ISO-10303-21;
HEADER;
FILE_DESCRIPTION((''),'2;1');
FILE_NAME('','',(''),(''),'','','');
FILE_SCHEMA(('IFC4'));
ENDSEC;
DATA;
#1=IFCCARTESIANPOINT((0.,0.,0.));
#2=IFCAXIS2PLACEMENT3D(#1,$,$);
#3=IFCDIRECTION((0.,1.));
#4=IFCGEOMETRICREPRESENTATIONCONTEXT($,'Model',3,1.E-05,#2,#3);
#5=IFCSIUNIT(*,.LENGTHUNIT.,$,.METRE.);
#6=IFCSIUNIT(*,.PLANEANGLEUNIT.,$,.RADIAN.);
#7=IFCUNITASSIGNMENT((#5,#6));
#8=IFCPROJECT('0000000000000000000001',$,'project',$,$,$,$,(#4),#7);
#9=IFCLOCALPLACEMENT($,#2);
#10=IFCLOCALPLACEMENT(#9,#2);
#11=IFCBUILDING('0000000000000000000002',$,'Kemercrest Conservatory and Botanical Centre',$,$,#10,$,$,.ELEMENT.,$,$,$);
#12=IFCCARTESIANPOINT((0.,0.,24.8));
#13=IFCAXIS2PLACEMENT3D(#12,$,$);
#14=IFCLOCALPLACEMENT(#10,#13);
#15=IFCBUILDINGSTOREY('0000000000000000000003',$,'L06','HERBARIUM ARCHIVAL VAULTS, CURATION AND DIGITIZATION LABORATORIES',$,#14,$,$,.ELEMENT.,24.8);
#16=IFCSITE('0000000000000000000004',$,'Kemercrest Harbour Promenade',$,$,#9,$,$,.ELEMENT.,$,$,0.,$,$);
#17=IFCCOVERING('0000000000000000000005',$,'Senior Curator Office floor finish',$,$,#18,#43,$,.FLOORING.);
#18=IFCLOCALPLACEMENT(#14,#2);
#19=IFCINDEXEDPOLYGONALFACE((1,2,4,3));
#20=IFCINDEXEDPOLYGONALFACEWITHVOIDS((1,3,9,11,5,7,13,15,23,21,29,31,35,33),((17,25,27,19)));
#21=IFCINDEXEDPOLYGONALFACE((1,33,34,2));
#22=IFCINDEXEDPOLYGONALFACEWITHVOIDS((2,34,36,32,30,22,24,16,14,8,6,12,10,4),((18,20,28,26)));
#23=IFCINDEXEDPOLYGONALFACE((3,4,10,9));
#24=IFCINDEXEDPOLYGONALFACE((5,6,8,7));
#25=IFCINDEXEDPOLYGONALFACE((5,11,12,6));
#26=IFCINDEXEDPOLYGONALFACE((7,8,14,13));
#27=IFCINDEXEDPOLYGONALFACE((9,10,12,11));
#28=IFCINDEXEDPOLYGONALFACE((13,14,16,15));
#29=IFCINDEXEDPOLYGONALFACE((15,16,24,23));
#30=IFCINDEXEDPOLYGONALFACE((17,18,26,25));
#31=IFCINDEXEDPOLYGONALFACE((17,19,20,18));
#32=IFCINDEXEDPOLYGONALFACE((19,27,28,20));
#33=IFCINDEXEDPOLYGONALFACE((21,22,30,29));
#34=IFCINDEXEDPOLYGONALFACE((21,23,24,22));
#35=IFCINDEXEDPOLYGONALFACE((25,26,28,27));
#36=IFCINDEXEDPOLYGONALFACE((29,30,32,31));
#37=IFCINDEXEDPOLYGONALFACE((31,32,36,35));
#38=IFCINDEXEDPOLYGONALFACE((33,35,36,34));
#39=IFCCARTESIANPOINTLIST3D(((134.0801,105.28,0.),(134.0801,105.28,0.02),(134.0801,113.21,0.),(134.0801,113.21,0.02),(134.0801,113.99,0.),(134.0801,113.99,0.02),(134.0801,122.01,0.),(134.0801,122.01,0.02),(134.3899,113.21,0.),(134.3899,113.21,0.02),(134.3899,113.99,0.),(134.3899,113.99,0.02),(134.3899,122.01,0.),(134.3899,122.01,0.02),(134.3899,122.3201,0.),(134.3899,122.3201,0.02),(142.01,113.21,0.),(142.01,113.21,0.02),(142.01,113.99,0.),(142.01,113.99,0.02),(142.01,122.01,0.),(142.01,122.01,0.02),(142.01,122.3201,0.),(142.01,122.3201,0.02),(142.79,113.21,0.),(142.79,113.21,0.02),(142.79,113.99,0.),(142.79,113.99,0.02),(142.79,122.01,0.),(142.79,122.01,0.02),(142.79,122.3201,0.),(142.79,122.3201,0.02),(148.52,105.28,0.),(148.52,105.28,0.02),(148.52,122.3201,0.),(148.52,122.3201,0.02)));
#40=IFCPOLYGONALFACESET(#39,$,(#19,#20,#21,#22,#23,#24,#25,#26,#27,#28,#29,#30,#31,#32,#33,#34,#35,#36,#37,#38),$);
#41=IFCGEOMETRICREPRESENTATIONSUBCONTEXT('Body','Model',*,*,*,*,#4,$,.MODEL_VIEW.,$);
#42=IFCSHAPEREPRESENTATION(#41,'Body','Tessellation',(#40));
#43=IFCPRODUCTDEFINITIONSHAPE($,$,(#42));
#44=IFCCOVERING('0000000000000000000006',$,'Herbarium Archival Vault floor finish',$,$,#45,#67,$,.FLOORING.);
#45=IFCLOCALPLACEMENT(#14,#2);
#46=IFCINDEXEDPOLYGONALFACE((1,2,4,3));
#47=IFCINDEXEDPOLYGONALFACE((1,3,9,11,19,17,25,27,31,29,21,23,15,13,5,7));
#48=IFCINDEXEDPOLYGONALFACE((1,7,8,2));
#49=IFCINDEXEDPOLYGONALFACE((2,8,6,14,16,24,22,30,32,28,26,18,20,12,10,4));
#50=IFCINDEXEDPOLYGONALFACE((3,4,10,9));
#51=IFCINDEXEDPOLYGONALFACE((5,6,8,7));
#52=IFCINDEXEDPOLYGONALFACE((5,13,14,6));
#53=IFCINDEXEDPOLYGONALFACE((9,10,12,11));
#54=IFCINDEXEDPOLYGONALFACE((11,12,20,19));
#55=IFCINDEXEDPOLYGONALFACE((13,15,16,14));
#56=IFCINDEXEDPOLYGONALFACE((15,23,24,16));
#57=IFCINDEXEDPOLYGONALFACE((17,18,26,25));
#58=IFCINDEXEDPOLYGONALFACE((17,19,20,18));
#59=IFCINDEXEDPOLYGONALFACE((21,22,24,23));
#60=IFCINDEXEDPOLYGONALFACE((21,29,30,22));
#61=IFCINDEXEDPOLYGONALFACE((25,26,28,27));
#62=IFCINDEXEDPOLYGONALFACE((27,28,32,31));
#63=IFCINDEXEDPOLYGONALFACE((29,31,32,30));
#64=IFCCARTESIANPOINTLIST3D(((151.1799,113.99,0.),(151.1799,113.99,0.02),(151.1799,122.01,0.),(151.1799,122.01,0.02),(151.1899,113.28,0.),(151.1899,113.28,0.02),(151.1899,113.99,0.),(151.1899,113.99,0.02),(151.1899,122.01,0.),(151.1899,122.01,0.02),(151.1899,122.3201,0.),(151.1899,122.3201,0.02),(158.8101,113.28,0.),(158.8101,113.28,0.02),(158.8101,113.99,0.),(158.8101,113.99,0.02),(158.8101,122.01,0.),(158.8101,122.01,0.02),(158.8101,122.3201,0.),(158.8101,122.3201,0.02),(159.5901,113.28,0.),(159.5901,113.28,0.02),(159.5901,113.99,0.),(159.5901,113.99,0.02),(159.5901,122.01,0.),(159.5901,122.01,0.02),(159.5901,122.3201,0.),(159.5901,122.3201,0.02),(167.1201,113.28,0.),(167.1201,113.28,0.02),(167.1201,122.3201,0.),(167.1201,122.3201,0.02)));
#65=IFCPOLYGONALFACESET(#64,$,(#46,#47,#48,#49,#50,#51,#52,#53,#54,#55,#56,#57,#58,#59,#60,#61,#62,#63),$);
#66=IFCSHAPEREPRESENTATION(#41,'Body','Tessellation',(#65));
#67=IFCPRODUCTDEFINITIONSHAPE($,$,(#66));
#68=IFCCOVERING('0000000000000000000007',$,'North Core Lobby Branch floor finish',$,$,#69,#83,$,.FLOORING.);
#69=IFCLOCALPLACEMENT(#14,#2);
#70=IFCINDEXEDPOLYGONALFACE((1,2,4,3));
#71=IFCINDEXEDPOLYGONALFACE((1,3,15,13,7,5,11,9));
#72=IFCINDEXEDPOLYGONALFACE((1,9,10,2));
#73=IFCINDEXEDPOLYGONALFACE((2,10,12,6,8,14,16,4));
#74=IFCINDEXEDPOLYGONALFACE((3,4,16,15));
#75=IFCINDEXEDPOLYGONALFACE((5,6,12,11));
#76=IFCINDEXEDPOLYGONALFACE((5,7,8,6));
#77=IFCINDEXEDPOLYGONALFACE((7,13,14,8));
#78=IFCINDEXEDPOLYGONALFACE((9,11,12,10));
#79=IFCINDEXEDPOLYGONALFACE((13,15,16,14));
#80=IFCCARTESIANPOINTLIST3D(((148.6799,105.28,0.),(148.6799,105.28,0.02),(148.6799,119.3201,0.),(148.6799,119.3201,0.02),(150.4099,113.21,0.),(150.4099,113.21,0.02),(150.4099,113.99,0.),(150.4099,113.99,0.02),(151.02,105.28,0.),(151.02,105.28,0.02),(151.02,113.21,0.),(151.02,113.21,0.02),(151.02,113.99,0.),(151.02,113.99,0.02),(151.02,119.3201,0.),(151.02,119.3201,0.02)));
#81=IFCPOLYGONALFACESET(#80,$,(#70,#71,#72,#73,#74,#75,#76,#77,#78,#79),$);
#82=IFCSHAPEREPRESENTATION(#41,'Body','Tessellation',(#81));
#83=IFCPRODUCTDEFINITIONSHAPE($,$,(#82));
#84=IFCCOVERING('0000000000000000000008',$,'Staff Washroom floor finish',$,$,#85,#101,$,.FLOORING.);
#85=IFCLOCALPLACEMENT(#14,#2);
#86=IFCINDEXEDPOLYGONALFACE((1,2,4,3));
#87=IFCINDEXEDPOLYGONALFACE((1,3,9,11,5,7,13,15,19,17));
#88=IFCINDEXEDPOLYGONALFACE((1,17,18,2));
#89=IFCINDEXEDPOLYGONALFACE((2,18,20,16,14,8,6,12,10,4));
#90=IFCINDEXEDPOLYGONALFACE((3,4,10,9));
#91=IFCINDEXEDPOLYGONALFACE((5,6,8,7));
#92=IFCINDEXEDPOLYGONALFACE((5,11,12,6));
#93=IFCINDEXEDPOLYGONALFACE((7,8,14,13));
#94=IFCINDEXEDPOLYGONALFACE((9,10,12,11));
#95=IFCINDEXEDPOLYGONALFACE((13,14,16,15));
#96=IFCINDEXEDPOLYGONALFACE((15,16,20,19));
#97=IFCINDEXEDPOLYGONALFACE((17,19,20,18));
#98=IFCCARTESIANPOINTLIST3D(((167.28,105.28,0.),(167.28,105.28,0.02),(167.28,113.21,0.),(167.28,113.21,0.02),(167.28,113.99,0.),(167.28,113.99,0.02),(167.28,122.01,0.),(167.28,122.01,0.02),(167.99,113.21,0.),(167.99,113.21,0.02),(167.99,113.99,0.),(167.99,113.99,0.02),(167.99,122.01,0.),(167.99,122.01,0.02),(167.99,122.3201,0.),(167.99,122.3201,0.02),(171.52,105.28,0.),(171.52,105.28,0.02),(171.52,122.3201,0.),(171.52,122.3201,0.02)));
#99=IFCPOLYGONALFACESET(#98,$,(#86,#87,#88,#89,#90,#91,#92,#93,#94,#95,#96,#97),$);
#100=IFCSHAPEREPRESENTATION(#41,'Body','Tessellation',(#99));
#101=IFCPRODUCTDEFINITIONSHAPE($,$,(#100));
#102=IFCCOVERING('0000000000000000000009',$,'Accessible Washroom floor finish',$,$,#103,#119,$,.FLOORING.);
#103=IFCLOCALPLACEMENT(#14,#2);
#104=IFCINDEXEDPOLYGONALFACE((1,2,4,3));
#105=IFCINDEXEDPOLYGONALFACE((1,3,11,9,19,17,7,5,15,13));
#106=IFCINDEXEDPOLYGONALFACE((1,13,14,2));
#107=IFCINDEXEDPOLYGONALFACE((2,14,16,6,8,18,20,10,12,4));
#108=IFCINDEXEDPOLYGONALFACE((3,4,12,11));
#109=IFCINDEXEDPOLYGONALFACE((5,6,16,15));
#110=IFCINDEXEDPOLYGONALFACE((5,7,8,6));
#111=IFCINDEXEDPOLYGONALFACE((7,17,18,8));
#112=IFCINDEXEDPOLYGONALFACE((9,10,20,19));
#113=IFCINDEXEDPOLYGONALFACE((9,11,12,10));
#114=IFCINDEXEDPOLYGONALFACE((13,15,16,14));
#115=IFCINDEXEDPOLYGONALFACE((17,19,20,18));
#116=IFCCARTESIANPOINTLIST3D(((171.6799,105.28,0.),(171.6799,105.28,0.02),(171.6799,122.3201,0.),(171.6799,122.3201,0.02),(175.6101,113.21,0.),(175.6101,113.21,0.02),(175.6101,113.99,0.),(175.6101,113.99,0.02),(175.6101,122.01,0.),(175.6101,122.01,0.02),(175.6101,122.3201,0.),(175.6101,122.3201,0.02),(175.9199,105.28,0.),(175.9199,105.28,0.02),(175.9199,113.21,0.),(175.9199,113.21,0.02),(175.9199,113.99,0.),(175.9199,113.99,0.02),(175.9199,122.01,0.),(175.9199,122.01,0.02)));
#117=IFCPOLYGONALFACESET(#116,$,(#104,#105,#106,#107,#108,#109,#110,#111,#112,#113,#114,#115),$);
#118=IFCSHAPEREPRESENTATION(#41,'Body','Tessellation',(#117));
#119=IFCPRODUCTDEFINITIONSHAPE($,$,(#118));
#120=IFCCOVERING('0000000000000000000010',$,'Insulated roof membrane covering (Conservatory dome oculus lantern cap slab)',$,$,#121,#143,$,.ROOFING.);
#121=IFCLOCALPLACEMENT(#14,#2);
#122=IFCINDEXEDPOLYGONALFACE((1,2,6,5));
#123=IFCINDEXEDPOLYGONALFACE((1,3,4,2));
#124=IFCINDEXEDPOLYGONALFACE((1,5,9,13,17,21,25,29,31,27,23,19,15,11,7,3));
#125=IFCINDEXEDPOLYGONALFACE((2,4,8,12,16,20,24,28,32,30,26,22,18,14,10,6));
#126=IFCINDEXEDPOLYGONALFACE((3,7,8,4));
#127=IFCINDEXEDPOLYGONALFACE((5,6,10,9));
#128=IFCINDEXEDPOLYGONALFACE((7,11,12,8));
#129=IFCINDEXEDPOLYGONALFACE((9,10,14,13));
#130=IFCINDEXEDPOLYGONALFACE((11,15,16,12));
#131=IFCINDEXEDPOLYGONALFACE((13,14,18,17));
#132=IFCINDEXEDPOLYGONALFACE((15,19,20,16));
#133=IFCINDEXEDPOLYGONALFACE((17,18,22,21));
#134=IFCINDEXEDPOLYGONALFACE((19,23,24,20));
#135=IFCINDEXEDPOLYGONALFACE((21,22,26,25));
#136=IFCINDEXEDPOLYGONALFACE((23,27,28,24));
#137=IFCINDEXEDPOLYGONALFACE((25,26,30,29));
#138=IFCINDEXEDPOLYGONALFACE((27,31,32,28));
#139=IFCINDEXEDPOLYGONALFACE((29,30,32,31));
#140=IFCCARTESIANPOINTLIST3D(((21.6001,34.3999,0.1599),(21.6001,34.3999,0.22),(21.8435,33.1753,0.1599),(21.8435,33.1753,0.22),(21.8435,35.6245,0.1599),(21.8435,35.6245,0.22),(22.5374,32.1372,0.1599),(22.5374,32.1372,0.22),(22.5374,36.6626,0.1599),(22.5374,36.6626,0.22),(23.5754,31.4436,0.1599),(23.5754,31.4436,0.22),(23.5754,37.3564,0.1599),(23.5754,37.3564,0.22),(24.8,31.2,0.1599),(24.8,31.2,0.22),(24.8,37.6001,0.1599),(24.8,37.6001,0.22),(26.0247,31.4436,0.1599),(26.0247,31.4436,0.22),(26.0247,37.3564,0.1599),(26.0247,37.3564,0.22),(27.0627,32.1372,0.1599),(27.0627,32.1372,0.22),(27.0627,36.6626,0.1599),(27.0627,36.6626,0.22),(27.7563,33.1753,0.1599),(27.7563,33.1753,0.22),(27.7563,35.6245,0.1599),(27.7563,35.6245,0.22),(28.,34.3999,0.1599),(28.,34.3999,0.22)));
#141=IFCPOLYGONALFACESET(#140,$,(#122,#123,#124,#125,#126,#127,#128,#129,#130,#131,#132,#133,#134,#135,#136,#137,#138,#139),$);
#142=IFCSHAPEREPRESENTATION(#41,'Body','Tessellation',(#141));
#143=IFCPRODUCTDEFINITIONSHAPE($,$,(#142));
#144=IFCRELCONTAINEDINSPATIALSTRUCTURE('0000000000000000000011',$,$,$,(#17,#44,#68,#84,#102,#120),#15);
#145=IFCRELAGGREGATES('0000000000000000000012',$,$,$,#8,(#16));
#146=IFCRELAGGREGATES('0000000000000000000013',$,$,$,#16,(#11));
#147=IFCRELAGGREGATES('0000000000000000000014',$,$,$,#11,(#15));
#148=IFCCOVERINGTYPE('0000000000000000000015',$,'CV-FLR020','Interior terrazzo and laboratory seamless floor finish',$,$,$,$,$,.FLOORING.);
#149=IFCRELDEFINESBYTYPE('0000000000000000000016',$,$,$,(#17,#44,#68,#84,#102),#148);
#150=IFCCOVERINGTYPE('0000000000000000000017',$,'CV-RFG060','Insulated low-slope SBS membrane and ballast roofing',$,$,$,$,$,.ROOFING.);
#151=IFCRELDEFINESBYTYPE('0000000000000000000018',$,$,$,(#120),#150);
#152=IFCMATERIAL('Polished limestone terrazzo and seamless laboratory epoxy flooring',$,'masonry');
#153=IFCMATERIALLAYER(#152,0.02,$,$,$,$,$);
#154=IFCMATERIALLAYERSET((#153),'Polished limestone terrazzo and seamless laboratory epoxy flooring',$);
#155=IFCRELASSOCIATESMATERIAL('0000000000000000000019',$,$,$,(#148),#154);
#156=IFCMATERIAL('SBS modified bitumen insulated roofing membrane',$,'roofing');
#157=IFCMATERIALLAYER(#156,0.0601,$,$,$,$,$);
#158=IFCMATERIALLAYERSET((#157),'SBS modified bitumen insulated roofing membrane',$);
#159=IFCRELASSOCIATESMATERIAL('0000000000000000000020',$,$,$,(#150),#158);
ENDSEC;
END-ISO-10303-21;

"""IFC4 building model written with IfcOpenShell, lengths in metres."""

from ifc_helpers import new_model, si_unit, direction, frame, origin, place, context, subcontext, project, spatial, polyline, outline, extrude, material, layer, layer_set, type_object, element, save


model = new_model("IFC4")

# Units and contexts
model_context = context("Model", 3, precision=1e-05, world=origin(), true_north=direction((0.0, 1.0)))
body_context = subcontext(model_context, "Body", "Model", "MODEL_VIEW")
ifc_project = project(units=[si_unit("LENGTHUNIT", "METRE"), si_unit("PLANEANGLEUNIT", "RADIAN")], contexts=[model_context])

# Site, building, storey
site_placement = place(None, origin())
site = spatial("IfcSite", under=ifc_project, at=site_placement, Name="Kemercrest Harbour Promenade", CompositionType="ELEMENT", RefElevation=0.0)
building_placement = place(site_placement, origin())
building = spatial("IfcBuilding", under=site, at=building_placement, Name="Kemercrest Conservatory and Botanical Centre", CompositionType="ELEMENT")
storey_placement = place(building_placement, frame((0.0, 0.0, 24.8)))
storey = spatial("IfcBuildingStorey", under=building, at=storey_placement, Name="L06", Description="HERBARIUM ARCHIVAL VAULTS, CURATION AND DIGITIZATION LABORATORIES", CompositionType="ELEMENT", Elevation=24.8)

# Coverings
ifc_material_1 = material(Name="Polished limestone terrazzo and seamless laboratory epoxy flooring", Category="masonry")
ifc_layer_1 = layer(ifc_material_1, 0.02)
ifc_layer_set_1 = layer_set([ifc_layer_1], Name="Polished limestone terrazzo and seamless laboratory epoxy flooring")
covering_type_1 = type_object("IfcCoveringType", Name="CV-FLR020", Description="Interior terrazzo and laboratory seamless floor finish", PredefinedType="FLOORING", material=ifc_layer_set_1)
covering_1_placement = place(storey_placement, origin())
element("IfcCovering", 1, at=covering_1_placement, inside=storey, type_object=covering_type_1, Name="Senior Curator Office floor finish", PredefinedType="FLOORING", context=body_context, shape_type="SweptSolid", body=[
    extrude(outline(polyline([(134.3899, 113.21), (134.0801, 113.21), (134.0801, 105.28), (148.52, 105.28), (148.52, 122.3201), (142.79, 122.3201), (142.79, 122.01), (142.01, 122.01), (142.01, 122.3201), (134.3899, 122.3201), (134.3899, 122.01), (134.0801, 122.01), (134.0801, 113.99), (134.3899, 113.99), (134.3899, 113.21)]), holes=[polyline([(142.01, 113.99), (142.79, 113.99), (142.79, 113.21), (142.01, 113.21), (142.01, 113.99)])]), origin(), (0.0, 0.0, 1.0), 0.02),
])
covering_2_placement = place(storey_placement, origin())
element("IfcCovering", 2, at=covering_2_placement, inside=storey, type_object=covering_type_1, Name="Herbarium Archival Vault floor finish", PredefinedType="FLOORING", context=body_context, shape_type="SweptSolid", body=[
    extrude(outline(polyline([(159.5901, 113.28), (167.1201, 113.28), (167.1201, 122.3201), (159.5901, 122.3201), (159.5901, 122.01), (158.8101, 122.01), (158.8101, 122.3201), (151.1899, 122.3201), (151.1899, 122.01), (151.1799, 122.01), (151.1799, 113.99), (151.1899, 113.99), (151.1899, 113.28), (158.8101, 113.28), (158.8101, 113.99), (159.5901, 113.99), (159.5901, 113.28)])), origin(), (0.0, 0.0, 1.0), 0.02),
])
covering_3_placement = place(storey_placement, origin())
element("IfcCovering", 3, at=covering_3_placement, inside=storey, type_object=covering_type_1, Name="North Core Lobby Branch floor finish", PredefinedType="FLOORING", context=body_context, shape_type="SweptSolid", body=[
    extrude(outline(polyline([(148.6799, 105.28), (151.02, 105.28), (151.02, 113.21), (150.4099, 113.21), (150.4099, 113.99), (151.02, 113.99), (151.02, 119.3201), (148.6799, 119.3201), (148.6799, 105.28)])), origin(), (0.0, 0.0, 1.0), 0.02),
])
covering_4_placement = place(storey_placement, origin())
element("IfcCovering", 4, at=covering_4_placement, inside=storey, type_object=covering_type_1, Name="Staff Washroom floor finish", PredefinedType="FLOORING", context=body_context, shape_type="SweptSolid", body=[
    extrude(outline(polyline([(167.28, 105.28), (171.52, 105.28), (171.52, 122.3201), (167.99, 122.3201), (167.99, 122.01), (167.28, 122.01), (167.28, 113.99), (167.99, 113.99), (167.99, 113.21), (167.28, 113.21), (167.28, 105.28)])), origin(), (0.0, 0.0, 1.0), 0.02),
])
covering_5_placement = place(storey_placement, origin())
element("IfcCovering", 5, at=covering_5_placement, inside=storey, type_object=covering_type_1, Name="Accessible Washroom floor finish", PredefinedType="FLOORING", context=body_context, shape_type="SweptSolid", body=[
    extrude(outline(polyline([(171.6799, 105.28), (175.9199, 105.28), (175.9199, 113.21), (175.6101, 113.21), (175.6101, 113.99), (175.9199, 113.99), (175.9199, 122.01), (175.6101, 122.01), (175.6101, 122.3201), (171.6799, 122.3201), (171.6799, 105.28)])), origin(), (0.0, 0.0, 1.0), 0.02),
])
ifc_material_2 = material(Name="SBS modified bitumen insulated roofing membrane", Category="roofing")
ifc_layer_2 = layer(ifc_material_2, 0.0601)
ifc_layer_set_2 = layer_set([ifc_layer_2], Name="SBS modified bitumen insulated roofing membrane")
covering_type_2 = type_object("IfcCoveringType", Name="CV-RFG060", Description="Insulated low-slope SBS membrane and ballast roofing", PredefinedType="ROOFING", material=ifc_layer_set_2)
covering_6_placement = place(storey_placement, frame((0.0, 0.0, 0.1599)))
element("IfcCovering", 6, at=covering_6_placement, inside=storey, type_object=covering_type_2, Name="Insulated roof membrane covering (Conservatory dome oculus lantern cap slab)", PredefinedType="ROOFING", context=body_context, shape_type="SweptSolid", body=[
    extrude(outline(polyline([(28.0, 34.3999), (27.7563, 35.6245), (27.0627, 36.6626), (26.0247, 37.3564), (24.8, 37.6001), (23.5754, 37.3564), (22.5374, 36.6626), (21.8435, 35.6245), (21.6001, 34.3999), (21.8435, 33.1753), (22.5374, 32.1372), (23.5754, 31.4436), (24.8, 31.2), (26.0247, 31.4436), (27.0627, 32.1372), (27.7563, 33.1753), (28.0, 34.3999)])), origin(), (0.0, 0.0, 1.0), 0.0601),
])

save(model, "model.ifc")
